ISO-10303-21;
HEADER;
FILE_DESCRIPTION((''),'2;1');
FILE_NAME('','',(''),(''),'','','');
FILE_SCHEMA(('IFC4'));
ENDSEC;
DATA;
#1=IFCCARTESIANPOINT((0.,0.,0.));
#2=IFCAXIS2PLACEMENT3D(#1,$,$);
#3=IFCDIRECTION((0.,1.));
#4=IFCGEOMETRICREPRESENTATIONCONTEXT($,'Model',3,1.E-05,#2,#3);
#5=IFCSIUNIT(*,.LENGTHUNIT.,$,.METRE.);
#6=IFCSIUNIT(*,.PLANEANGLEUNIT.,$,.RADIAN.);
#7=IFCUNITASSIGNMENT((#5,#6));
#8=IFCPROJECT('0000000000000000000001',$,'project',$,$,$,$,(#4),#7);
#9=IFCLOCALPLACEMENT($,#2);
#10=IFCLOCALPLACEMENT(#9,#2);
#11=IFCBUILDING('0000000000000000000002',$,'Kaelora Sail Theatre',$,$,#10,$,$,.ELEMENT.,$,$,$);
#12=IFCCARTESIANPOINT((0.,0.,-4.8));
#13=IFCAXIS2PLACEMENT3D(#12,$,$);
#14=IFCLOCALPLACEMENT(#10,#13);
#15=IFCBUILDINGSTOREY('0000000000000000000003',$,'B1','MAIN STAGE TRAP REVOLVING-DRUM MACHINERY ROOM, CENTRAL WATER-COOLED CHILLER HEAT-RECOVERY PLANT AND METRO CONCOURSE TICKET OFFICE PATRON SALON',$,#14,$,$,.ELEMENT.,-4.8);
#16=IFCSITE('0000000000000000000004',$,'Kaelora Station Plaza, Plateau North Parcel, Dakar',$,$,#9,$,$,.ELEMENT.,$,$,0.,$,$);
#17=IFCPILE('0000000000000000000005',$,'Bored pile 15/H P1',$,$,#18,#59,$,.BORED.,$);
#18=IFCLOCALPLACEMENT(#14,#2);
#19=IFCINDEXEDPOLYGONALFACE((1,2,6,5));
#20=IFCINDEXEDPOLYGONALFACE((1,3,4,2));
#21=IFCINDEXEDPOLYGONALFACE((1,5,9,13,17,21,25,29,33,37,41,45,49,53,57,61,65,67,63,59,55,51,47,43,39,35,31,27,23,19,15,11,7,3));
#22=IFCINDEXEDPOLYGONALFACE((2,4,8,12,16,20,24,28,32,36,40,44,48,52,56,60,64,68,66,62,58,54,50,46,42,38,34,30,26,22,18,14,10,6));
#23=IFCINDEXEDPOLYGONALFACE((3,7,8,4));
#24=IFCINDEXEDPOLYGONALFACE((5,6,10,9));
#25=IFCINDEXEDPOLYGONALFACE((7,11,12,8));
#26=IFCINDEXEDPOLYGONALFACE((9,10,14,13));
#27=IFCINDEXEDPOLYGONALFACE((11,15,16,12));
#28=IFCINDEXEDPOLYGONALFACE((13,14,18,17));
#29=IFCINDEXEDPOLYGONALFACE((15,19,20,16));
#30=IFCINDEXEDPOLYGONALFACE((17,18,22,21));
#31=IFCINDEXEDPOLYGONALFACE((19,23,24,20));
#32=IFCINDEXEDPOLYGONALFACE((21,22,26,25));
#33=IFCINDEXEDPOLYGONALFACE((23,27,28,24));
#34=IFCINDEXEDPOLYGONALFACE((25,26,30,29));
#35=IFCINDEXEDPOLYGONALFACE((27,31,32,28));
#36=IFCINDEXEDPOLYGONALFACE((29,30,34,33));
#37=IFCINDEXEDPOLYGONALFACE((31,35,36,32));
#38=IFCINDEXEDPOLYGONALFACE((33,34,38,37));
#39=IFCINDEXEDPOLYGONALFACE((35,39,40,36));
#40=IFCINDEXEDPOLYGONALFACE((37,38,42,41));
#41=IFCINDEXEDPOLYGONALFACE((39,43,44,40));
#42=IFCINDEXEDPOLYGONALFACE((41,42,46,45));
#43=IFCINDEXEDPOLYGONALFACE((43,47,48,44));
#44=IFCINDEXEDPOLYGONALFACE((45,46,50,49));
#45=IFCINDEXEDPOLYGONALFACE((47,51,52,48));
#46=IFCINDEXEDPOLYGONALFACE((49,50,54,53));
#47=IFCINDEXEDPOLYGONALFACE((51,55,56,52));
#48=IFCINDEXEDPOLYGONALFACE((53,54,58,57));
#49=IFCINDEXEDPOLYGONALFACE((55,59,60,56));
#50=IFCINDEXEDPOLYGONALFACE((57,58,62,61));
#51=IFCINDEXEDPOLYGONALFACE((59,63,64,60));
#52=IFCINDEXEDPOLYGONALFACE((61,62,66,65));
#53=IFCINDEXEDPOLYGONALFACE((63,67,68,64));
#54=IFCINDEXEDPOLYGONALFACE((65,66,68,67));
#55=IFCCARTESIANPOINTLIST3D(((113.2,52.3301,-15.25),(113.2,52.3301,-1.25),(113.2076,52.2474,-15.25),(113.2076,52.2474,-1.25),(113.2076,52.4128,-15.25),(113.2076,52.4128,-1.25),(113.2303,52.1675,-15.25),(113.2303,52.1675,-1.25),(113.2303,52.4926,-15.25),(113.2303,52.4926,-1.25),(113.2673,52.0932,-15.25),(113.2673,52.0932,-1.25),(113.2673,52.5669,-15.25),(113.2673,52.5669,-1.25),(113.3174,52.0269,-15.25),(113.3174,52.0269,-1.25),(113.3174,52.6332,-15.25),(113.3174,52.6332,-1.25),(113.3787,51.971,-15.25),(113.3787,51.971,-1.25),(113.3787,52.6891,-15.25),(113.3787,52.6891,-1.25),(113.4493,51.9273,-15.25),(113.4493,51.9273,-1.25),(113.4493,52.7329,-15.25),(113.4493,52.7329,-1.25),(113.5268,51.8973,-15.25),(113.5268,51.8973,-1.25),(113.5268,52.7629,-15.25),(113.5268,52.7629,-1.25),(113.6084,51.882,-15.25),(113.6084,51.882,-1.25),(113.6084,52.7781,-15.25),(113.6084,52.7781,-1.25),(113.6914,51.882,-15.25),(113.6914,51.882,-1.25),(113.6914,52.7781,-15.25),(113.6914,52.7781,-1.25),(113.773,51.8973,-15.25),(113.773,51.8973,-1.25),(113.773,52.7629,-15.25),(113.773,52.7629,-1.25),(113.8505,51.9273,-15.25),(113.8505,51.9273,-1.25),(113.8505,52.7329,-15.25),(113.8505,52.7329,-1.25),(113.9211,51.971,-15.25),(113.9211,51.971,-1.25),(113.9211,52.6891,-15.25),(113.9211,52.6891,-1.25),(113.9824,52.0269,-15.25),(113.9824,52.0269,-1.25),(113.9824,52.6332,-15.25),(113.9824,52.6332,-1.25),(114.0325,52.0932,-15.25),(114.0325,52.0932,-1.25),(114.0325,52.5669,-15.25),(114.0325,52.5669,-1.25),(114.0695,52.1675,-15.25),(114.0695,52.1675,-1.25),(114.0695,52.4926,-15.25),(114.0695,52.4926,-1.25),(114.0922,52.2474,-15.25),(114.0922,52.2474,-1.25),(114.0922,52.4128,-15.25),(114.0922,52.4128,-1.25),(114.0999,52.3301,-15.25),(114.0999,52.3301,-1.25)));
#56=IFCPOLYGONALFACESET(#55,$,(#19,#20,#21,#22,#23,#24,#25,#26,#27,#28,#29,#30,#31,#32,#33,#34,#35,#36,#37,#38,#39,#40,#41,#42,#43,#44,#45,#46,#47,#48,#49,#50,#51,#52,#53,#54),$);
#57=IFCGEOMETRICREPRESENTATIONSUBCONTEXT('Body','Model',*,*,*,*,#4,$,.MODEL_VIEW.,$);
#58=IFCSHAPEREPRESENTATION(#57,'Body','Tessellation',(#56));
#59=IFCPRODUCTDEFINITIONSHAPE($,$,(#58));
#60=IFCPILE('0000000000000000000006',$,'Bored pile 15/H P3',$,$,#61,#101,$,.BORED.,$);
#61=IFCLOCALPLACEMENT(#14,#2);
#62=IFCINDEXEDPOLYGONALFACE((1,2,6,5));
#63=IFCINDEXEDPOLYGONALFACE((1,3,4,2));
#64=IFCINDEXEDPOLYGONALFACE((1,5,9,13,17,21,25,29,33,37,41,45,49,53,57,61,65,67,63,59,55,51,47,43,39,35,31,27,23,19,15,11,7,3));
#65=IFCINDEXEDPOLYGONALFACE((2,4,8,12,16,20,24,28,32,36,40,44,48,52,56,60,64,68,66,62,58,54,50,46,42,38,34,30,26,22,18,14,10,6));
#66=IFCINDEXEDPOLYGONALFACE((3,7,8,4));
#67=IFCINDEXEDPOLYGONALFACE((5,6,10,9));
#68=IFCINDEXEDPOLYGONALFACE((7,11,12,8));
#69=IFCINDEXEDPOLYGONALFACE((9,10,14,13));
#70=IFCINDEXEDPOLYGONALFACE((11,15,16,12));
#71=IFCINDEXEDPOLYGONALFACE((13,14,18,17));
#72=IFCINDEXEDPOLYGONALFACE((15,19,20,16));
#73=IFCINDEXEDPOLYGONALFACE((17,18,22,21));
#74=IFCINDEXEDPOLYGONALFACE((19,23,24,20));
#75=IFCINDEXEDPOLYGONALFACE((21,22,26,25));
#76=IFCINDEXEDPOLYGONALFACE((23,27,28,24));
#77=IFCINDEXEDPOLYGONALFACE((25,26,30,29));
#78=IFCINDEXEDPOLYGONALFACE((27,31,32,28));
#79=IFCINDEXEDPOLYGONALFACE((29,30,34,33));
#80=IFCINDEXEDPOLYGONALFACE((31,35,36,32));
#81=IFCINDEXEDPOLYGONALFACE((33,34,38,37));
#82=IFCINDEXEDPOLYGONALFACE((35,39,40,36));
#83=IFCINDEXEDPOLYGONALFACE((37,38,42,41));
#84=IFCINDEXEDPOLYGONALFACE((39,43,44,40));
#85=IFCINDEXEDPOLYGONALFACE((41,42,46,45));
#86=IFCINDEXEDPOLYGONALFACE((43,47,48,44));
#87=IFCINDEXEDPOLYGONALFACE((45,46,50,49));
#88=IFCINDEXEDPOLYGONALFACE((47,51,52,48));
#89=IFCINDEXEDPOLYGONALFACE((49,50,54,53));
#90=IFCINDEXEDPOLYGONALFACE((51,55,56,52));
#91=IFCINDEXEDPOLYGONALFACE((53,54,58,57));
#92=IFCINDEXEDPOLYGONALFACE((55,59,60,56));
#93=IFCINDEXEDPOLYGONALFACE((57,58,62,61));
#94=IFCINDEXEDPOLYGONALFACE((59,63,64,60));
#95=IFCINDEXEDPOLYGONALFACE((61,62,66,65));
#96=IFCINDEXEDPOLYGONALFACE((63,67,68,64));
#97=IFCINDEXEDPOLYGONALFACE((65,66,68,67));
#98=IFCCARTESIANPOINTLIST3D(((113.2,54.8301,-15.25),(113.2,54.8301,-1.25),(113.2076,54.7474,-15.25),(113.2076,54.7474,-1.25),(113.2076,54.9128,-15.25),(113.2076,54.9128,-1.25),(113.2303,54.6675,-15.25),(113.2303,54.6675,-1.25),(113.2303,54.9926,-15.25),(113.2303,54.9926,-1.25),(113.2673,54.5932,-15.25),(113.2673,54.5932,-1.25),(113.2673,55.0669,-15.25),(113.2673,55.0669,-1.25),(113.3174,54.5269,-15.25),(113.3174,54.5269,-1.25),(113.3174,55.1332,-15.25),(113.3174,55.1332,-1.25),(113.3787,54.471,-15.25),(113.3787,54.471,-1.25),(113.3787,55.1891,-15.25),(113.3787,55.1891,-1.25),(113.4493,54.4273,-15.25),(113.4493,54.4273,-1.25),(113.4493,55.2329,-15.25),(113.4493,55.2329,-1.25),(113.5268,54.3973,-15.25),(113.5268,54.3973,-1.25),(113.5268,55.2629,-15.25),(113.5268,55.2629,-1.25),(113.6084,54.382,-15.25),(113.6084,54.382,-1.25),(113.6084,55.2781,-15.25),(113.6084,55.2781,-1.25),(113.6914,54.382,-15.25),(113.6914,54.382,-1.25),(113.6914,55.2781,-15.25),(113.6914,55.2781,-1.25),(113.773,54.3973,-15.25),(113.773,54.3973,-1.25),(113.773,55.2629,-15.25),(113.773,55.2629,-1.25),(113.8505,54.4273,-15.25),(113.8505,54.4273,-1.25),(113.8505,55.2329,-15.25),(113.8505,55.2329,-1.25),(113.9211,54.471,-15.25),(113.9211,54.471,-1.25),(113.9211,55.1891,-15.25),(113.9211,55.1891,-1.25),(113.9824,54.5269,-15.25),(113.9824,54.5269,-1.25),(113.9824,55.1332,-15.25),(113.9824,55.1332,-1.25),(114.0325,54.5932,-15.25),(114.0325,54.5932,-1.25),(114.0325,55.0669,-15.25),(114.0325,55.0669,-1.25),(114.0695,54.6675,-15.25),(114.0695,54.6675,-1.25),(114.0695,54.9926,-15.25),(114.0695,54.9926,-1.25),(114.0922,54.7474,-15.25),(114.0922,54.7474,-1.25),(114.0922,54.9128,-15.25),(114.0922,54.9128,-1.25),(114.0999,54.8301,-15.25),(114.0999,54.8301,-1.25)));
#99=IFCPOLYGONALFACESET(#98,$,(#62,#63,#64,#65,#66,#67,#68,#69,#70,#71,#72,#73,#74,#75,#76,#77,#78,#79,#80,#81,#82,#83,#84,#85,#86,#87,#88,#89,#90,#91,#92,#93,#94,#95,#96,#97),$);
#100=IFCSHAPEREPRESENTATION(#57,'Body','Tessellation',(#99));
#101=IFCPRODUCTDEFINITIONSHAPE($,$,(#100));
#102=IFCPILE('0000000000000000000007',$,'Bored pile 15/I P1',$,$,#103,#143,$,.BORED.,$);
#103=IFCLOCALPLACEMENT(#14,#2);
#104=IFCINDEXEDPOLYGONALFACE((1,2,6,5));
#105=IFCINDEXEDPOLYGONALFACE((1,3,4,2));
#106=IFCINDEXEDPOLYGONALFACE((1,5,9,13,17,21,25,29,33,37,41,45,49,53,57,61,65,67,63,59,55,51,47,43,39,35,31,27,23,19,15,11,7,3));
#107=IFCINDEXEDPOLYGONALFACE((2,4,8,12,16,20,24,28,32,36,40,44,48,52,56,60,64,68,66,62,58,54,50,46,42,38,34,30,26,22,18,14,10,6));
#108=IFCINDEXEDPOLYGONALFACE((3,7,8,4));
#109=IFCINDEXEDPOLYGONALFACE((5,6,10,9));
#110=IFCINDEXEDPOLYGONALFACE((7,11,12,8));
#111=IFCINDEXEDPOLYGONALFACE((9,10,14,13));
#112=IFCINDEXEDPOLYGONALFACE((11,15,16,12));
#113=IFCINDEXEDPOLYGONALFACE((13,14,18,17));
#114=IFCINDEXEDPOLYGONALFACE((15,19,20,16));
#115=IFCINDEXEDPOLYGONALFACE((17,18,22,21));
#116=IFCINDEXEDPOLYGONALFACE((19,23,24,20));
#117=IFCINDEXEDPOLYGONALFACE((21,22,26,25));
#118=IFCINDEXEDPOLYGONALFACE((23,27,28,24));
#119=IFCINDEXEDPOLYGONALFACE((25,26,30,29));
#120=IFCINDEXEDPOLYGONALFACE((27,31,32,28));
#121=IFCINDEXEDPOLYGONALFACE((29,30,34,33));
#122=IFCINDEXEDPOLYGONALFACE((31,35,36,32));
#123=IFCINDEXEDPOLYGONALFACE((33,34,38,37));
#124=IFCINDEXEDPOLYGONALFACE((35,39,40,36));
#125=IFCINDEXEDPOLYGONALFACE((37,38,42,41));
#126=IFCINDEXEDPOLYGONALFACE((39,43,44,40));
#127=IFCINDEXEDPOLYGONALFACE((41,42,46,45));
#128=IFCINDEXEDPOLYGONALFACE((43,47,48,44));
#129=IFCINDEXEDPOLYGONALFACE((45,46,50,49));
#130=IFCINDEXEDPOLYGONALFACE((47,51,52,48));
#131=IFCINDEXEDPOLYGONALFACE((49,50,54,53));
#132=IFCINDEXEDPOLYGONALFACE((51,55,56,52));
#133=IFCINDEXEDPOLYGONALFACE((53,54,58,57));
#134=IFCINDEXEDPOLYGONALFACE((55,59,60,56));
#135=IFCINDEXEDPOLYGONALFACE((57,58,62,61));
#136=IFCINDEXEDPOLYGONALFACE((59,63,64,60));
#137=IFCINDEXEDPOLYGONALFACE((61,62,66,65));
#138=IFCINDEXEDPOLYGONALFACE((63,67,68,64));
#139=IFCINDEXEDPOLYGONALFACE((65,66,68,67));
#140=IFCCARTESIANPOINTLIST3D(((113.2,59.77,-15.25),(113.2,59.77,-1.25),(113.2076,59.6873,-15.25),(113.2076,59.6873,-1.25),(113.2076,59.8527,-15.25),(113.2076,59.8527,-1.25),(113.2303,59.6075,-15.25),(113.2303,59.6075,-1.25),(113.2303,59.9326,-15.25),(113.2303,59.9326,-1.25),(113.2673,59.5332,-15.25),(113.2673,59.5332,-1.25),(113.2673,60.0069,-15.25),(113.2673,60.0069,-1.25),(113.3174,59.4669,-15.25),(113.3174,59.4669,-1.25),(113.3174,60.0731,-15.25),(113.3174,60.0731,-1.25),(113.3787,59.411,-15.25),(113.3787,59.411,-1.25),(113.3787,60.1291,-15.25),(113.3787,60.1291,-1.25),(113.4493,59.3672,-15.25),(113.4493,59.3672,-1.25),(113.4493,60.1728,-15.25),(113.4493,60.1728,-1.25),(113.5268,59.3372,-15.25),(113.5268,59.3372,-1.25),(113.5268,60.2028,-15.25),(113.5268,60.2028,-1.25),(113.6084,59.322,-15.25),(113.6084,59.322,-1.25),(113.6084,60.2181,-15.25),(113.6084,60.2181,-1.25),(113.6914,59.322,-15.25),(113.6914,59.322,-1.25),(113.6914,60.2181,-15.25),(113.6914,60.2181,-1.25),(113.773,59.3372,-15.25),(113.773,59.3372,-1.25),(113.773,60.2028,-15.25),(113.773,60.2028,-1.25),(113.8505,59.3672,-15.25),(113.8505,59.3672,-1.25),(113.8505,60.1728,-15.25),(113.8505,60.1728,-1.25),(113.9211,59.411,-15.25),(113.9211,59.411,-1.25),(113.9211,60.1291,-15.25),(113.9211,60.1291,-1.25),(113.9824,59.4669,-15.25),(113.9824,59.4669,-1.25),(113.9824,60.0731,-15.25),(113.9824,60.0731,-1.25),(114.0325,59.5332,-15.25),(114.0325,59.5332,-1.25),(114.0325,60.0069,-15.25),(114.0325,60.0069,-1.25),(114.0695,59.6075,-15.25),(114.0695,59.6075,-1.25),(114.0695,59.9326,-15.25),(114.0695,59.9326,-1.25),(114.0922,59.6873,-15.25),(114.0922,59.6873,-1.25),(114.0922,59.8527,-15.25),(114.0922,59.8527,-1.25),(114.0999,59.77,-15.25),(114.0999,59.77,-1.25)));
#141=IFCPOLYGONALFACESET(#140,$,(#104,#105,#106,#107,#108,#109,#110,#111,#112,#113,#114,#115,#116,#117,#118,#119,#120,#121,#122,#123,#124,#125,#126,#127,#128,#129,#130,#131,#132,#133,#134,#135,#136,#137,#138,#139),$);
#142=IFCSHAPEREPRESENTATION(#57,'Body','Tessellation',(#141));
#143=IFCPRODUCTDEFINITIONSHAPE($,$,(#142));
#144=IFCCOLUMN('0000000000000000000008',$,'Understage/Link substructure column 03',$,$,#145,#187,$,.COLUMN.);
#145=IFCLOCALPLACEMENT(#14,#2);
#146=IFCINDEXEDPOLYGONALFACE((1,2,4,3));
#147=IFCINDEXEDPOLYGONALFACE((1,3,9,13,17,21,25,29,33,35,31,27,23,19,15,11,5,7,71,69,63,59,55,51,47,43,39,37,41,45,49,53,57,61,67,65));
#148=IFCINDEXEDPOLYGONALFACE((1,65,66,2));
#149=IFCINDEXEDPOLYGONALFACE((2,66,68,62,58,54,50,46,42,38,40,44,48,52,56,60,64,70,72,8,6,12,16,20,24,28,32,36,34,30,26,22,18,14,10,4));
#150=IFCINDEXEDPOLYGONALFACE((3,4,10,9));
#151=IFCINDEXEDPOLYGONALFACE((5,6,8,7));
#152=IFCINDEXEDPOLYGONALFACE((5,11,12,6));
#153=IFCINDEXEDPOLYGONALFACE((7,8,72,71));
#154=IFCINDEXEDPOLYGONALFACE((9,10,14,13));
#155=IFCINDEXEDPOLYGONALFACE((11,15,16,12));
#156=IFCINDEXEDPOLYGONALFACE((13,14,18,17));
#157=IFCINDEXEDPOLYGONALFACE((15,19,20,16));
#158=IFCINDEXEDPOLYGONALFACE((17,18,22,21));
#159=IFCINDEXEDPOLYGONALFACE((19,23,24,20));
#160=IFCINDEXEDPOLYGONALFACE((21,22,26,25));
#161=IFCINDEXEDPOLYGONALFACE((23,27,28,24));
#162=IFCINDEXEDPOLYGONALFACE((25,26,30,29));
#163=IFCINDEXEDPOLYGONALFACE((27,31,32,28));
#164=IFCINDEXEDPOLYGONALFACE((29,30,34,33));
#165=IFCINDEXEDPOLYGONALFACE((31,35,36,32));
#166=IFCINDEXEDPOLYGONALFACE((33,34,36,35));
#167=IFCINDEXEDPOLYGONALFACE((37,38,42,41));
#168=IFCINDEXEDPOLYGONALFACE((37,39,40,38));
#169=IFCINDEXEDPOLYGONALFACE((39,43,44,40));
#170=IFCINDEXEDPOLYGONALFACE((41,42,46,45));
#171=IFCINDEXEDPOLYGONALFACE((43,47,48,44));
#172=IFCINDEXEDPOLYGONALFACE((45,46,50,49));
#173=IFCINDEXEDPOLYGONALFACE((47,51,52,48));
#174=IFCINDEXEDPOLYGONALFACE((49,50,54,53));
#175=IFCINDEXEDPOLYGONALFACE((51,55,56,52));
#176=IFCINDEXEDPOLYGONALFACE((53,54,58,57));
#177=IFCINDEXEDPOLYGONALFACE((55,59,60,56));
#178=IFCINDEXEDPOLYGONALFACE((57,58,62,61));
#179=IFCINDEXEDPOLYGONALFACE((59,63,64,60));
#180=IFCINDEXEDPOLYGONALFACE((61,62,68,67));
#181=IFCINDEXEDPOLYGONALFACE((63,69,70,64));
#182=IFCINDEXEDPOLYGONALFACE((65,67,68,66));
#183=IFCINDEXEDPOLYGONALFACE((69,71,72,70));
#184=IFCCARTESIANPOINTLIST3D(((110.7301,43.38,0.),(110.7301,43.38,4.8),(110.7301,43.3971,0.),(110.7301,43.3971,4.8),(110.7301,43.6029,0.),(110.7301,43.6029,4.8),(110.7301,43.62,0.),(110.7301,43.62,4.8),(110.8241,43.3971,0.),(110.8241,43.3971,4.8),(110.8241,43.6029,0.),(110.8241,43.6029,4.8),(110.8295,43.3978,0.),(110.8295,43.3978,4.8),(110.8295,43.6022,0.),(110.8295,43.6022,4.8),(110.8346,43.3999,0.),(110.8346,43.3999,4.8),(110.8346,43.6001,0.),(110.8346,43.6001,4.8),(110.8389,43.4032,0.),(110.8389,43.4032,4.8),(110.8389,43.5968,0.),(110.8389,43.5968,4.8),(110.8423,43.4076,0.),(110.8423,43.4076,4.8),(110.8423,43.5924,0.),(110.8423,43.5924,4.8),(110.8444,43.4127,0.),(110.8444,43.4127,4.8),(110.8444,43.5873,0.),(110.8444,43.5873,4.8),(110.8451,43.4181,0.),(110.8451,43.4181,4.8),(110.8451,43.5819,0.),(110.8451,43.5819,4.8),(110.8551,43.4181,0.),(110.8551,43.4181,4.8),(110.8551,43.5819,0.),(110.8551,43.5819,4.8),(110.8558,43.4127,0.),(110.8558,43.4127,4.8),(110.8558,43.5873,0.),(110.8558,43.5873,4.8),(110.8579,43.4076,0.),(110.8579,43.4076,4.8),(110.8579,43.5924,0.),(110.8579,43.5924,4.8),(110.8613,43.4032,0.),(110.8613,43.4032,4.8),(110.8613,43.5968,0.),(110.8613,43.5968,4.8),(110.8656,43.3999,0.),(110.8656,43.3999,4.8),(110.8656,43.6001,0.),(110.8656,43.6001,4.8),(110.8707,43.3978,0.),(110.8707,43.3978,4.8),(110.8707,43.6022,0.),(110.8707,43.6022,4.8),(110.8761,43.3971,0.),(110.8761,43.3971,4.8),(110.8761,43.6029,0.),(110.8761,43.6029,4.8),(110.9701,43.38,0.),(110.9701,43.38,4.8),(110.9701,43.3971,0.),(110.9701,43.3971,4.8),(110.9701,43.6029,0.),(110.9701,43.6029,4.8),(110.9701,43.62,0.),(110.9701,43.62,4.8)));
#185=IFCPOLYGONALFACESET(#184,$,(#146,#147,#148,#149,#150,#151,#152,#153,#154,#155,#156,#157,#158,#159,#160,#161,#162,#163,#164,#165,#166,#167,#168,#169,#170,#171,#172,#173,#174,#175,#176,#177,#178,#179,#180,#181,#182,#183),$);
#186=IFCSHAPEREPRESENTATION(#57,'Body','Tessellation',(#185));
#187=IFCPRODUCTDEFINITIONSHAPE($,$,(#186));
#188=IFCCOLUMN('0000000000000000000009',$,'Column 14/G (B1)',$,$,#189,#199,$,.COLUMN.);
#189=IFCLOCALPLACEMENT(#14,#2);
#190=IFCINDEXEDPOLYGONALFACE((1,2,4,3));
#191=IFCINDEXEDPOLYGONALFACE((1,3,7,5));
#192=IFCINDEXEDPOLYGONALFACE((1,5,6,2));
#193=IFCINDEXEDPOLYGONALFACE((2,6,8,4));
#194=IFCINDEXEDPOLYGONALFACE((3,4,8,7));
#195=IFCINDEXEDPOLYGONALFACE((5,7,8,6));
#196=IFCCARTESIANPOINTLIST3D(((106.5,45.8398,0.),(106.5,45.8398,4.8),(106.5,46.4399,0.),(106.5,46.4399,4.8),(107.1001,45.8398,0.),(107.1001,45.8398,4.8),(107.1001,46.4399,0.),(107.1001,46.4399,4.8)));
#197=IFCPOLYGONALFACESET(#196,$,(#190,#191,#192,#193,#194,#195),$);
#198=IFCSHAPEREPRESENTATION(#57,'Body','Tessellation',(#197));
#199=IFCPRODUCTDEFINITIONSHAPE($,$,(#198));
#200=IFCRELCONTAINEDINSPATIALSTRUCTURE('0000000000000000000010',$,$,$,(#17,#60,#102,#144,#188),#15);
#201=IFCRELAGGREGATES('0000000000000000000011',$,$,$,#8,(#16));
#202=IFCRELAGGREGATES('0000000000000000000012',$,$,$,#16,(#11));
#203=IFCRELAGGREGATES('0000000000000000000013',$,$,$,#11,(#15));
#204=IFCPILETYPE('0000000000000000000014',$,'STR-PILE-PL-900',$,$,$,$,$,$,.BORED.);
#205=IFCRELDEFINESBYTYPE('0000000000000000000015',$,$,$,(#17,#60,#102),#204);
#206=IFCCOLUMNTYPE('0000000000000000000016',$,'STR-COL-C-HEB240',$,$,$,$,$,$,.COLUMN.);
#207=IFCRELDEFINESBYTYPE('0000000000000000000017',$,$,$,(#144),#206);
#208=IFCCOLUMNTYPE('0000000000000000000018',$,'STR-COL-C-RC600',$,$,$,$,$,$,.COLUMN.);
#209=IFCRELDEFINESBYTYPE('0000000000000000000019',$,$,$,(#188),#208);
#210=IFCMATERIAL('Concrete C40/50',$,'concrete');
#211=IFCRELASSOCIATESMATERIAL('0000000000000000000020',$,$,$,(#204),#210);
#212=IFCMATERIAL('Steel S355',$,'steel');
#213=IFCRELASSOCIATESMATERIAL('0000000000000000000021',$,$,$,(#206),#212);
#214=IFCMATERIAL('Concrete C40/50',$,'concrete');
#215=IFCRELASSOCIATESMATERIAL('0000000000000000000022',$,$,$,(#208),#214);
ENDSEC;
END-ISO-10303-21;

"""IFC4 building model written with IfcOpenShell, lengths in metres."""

from ifc_helpers import new_model, si_unit, direction, frame, origin, origin_2d, place, context, subcontext, project, spatial, rectangle, circle, i_section, extrude, material, material_profile, profile_set, type_object, element, save


model = new_model("IFC4")

# Units and contexts
model_context = context("Model", 3, precision=1e-05, world=origin(), true_north=direction((0.0, 1.0)))
body_context = subcontext(model_context, "Body", "Model", "MODEL_VIEW")
ifc_project = project(units=[si_unit("LENGTHUNIT", "METRE"), si_unit("PLANEANGLEUNIT", "RADIAN")], contexts=[model_context])

# Site, building, storey
site_placement = place(None, origin())
site = spatial("IfcSite", under=ifc_project, at=site_placement, Name="Kaelora Station Plaza, Plateau North Parcel, Dakar", CompositionType="ELEMENT", RefElevation=0.0)
building_placement = place(site_placement, origin())
building = spatial("IfcBuilding", under=site, at=building_placement, Name="Kaelora Sail Theatre", CompositionType="ELEMENT")
storey_placement = place(building_placement, frame((0.0, 0.0, -4.8)))
storey = spatial("IfcBuildingStorey", under=building, at=storey_placement, Name="B1", Description="MAIN STAGE TRAP REVOLVING-DRUM MACHINERY ROOM, CENTRAL WATER-COOLED CHILLER HEAT-RECOVERY PLANT AND METRO CONCOURSE TICKET OFFICE PATRON SALON", CompositionType="ELEMENT", Elevation=-4.8)

# Piles
ifc_material_1 = material(Name="Concrete C40/50", Category="concrete")
ifc_material_profile_1 = material_profile(ifc_material_1, circle(Radius=0.45, at=origin_2d()), Name="PILE D900")
ifc_profile_set_1 = profile_set([ifc_material_profile_1], Name="Concrete C40/50")
pile_type_1 = type_object("IfcPileType", Name="STR-PILE-PL-900", PredefinedType="BORED", material=ifc_profile_set_1)
for number, where, z_axis, x_axis, name in (
    (1, (113.6499, 52.3301, -1.25), (0.0, 0.0, -1.0), (1.0, 0.0, 0.0), "Bored pile 15/H P1"),
    (2, (113.6499, 54.8301, -1.25), (0.0, 0.0, -1.0), (1.0, 0.0, 0.0), "Bored pile 15/H P3"),
    (3, (113.6499, 59.77, -1.25), (0.0, 0.0, -1.0), (1.0, 0.0, 0.0), "Bored pile 15/I P1"),
):
    element("IfcPile", number, at=place(storey_placement, frame(where, z_axis=z_axis, x_axis=x_axis)), inside=storey, type_object=pile_type_1, Name=name, PredefinedType="BORED", context=body_context, shape_type="SweptSolid", body=[
        extrude(circle(Radius=0.45, at=origin_2d()), origin(), (0.0, 0.0, 1.0), 14.0),
    ])

# Columns
ifc_material_2 = material(Name="Steel S355", Category="steel")
ifc_material_profile_2 = material_profile(ifc_material_2, i_section(OverallWidth=0.24, OverallDepth=0.24, WebThickness=0.01, FlangeThickness=0.0171, FilletRadius=0.021, at=origin_2d()), Name="HEB 240")
ifc_profile_set_2 = profile_set([ifc_material_profile_2], Name="Steel S355")
column_type_1 = type_object("IfcColumnType", Name="STR-COL-C-HEB240", PredefinedType="COLUMN", material=ifc_profile_set_2)
column_1_placement = place(storey_placement, frame((110.8501, 43.5, 0.0), z_axis=(0.0, 0.0, 1.0), x_axis=(1.0, 0.0, 0.0)))
element("IfcColumn", 4, at=column_1_placement, inside=storey, type_object=column_type_1, Name="Understage/Link substructure column 03", PredefinedType="COLUMN", context=body_context, shape_type="SweptSolid", body=[
    extrude(i_section(OverallWidth=0.24, OverallDepth=0.24, WebThickness=0.01, FlangeThickness=0.0171, FilletRadius=0.021, at=origin_2d()), origin(), (0.0, 0.0, 1.0), 4.8),
])
ifc_material_3 = material(Name="Concrete C40/50", Category="concrete")
ifc_material_profile_3 = material_profile(ifc_material_3, rectangle(XDim=0.6001, YDim=0.6001, at=origin_2d()), Name="RC-COL 600x600")
ifc_profile_set_3 = profile_set([ifc_material_profile_3], Name="Concrete C40/50")
column_type_2 = type_object("IfcColumnType", Name="STR-COL-C-RC600", PredefinedType="COLUMN", material=ifc_profile_set_3)
column_2_placement = place(storey_placement, frame((106.8, 46.1399, 0.0), z_axis=(0.0, 0.0, 1.0), x_axis=(1.0, 0.0, 0.0)))
element("IfcColumn", 5, at=column_2_placement, inside=storey, type_object=column_type_2, Name="Column 14/G (B1)", PredefinedType="COLUMN", context=body_context, shape_type="SweptSolid", body=[
    extrude(rectangle(XDim=0.6001, YDim=0.6001, at=origin_2d()), origin(), (0.0, 0.0, 1.0), 4.8),
])

save(model, "model.ifc")
